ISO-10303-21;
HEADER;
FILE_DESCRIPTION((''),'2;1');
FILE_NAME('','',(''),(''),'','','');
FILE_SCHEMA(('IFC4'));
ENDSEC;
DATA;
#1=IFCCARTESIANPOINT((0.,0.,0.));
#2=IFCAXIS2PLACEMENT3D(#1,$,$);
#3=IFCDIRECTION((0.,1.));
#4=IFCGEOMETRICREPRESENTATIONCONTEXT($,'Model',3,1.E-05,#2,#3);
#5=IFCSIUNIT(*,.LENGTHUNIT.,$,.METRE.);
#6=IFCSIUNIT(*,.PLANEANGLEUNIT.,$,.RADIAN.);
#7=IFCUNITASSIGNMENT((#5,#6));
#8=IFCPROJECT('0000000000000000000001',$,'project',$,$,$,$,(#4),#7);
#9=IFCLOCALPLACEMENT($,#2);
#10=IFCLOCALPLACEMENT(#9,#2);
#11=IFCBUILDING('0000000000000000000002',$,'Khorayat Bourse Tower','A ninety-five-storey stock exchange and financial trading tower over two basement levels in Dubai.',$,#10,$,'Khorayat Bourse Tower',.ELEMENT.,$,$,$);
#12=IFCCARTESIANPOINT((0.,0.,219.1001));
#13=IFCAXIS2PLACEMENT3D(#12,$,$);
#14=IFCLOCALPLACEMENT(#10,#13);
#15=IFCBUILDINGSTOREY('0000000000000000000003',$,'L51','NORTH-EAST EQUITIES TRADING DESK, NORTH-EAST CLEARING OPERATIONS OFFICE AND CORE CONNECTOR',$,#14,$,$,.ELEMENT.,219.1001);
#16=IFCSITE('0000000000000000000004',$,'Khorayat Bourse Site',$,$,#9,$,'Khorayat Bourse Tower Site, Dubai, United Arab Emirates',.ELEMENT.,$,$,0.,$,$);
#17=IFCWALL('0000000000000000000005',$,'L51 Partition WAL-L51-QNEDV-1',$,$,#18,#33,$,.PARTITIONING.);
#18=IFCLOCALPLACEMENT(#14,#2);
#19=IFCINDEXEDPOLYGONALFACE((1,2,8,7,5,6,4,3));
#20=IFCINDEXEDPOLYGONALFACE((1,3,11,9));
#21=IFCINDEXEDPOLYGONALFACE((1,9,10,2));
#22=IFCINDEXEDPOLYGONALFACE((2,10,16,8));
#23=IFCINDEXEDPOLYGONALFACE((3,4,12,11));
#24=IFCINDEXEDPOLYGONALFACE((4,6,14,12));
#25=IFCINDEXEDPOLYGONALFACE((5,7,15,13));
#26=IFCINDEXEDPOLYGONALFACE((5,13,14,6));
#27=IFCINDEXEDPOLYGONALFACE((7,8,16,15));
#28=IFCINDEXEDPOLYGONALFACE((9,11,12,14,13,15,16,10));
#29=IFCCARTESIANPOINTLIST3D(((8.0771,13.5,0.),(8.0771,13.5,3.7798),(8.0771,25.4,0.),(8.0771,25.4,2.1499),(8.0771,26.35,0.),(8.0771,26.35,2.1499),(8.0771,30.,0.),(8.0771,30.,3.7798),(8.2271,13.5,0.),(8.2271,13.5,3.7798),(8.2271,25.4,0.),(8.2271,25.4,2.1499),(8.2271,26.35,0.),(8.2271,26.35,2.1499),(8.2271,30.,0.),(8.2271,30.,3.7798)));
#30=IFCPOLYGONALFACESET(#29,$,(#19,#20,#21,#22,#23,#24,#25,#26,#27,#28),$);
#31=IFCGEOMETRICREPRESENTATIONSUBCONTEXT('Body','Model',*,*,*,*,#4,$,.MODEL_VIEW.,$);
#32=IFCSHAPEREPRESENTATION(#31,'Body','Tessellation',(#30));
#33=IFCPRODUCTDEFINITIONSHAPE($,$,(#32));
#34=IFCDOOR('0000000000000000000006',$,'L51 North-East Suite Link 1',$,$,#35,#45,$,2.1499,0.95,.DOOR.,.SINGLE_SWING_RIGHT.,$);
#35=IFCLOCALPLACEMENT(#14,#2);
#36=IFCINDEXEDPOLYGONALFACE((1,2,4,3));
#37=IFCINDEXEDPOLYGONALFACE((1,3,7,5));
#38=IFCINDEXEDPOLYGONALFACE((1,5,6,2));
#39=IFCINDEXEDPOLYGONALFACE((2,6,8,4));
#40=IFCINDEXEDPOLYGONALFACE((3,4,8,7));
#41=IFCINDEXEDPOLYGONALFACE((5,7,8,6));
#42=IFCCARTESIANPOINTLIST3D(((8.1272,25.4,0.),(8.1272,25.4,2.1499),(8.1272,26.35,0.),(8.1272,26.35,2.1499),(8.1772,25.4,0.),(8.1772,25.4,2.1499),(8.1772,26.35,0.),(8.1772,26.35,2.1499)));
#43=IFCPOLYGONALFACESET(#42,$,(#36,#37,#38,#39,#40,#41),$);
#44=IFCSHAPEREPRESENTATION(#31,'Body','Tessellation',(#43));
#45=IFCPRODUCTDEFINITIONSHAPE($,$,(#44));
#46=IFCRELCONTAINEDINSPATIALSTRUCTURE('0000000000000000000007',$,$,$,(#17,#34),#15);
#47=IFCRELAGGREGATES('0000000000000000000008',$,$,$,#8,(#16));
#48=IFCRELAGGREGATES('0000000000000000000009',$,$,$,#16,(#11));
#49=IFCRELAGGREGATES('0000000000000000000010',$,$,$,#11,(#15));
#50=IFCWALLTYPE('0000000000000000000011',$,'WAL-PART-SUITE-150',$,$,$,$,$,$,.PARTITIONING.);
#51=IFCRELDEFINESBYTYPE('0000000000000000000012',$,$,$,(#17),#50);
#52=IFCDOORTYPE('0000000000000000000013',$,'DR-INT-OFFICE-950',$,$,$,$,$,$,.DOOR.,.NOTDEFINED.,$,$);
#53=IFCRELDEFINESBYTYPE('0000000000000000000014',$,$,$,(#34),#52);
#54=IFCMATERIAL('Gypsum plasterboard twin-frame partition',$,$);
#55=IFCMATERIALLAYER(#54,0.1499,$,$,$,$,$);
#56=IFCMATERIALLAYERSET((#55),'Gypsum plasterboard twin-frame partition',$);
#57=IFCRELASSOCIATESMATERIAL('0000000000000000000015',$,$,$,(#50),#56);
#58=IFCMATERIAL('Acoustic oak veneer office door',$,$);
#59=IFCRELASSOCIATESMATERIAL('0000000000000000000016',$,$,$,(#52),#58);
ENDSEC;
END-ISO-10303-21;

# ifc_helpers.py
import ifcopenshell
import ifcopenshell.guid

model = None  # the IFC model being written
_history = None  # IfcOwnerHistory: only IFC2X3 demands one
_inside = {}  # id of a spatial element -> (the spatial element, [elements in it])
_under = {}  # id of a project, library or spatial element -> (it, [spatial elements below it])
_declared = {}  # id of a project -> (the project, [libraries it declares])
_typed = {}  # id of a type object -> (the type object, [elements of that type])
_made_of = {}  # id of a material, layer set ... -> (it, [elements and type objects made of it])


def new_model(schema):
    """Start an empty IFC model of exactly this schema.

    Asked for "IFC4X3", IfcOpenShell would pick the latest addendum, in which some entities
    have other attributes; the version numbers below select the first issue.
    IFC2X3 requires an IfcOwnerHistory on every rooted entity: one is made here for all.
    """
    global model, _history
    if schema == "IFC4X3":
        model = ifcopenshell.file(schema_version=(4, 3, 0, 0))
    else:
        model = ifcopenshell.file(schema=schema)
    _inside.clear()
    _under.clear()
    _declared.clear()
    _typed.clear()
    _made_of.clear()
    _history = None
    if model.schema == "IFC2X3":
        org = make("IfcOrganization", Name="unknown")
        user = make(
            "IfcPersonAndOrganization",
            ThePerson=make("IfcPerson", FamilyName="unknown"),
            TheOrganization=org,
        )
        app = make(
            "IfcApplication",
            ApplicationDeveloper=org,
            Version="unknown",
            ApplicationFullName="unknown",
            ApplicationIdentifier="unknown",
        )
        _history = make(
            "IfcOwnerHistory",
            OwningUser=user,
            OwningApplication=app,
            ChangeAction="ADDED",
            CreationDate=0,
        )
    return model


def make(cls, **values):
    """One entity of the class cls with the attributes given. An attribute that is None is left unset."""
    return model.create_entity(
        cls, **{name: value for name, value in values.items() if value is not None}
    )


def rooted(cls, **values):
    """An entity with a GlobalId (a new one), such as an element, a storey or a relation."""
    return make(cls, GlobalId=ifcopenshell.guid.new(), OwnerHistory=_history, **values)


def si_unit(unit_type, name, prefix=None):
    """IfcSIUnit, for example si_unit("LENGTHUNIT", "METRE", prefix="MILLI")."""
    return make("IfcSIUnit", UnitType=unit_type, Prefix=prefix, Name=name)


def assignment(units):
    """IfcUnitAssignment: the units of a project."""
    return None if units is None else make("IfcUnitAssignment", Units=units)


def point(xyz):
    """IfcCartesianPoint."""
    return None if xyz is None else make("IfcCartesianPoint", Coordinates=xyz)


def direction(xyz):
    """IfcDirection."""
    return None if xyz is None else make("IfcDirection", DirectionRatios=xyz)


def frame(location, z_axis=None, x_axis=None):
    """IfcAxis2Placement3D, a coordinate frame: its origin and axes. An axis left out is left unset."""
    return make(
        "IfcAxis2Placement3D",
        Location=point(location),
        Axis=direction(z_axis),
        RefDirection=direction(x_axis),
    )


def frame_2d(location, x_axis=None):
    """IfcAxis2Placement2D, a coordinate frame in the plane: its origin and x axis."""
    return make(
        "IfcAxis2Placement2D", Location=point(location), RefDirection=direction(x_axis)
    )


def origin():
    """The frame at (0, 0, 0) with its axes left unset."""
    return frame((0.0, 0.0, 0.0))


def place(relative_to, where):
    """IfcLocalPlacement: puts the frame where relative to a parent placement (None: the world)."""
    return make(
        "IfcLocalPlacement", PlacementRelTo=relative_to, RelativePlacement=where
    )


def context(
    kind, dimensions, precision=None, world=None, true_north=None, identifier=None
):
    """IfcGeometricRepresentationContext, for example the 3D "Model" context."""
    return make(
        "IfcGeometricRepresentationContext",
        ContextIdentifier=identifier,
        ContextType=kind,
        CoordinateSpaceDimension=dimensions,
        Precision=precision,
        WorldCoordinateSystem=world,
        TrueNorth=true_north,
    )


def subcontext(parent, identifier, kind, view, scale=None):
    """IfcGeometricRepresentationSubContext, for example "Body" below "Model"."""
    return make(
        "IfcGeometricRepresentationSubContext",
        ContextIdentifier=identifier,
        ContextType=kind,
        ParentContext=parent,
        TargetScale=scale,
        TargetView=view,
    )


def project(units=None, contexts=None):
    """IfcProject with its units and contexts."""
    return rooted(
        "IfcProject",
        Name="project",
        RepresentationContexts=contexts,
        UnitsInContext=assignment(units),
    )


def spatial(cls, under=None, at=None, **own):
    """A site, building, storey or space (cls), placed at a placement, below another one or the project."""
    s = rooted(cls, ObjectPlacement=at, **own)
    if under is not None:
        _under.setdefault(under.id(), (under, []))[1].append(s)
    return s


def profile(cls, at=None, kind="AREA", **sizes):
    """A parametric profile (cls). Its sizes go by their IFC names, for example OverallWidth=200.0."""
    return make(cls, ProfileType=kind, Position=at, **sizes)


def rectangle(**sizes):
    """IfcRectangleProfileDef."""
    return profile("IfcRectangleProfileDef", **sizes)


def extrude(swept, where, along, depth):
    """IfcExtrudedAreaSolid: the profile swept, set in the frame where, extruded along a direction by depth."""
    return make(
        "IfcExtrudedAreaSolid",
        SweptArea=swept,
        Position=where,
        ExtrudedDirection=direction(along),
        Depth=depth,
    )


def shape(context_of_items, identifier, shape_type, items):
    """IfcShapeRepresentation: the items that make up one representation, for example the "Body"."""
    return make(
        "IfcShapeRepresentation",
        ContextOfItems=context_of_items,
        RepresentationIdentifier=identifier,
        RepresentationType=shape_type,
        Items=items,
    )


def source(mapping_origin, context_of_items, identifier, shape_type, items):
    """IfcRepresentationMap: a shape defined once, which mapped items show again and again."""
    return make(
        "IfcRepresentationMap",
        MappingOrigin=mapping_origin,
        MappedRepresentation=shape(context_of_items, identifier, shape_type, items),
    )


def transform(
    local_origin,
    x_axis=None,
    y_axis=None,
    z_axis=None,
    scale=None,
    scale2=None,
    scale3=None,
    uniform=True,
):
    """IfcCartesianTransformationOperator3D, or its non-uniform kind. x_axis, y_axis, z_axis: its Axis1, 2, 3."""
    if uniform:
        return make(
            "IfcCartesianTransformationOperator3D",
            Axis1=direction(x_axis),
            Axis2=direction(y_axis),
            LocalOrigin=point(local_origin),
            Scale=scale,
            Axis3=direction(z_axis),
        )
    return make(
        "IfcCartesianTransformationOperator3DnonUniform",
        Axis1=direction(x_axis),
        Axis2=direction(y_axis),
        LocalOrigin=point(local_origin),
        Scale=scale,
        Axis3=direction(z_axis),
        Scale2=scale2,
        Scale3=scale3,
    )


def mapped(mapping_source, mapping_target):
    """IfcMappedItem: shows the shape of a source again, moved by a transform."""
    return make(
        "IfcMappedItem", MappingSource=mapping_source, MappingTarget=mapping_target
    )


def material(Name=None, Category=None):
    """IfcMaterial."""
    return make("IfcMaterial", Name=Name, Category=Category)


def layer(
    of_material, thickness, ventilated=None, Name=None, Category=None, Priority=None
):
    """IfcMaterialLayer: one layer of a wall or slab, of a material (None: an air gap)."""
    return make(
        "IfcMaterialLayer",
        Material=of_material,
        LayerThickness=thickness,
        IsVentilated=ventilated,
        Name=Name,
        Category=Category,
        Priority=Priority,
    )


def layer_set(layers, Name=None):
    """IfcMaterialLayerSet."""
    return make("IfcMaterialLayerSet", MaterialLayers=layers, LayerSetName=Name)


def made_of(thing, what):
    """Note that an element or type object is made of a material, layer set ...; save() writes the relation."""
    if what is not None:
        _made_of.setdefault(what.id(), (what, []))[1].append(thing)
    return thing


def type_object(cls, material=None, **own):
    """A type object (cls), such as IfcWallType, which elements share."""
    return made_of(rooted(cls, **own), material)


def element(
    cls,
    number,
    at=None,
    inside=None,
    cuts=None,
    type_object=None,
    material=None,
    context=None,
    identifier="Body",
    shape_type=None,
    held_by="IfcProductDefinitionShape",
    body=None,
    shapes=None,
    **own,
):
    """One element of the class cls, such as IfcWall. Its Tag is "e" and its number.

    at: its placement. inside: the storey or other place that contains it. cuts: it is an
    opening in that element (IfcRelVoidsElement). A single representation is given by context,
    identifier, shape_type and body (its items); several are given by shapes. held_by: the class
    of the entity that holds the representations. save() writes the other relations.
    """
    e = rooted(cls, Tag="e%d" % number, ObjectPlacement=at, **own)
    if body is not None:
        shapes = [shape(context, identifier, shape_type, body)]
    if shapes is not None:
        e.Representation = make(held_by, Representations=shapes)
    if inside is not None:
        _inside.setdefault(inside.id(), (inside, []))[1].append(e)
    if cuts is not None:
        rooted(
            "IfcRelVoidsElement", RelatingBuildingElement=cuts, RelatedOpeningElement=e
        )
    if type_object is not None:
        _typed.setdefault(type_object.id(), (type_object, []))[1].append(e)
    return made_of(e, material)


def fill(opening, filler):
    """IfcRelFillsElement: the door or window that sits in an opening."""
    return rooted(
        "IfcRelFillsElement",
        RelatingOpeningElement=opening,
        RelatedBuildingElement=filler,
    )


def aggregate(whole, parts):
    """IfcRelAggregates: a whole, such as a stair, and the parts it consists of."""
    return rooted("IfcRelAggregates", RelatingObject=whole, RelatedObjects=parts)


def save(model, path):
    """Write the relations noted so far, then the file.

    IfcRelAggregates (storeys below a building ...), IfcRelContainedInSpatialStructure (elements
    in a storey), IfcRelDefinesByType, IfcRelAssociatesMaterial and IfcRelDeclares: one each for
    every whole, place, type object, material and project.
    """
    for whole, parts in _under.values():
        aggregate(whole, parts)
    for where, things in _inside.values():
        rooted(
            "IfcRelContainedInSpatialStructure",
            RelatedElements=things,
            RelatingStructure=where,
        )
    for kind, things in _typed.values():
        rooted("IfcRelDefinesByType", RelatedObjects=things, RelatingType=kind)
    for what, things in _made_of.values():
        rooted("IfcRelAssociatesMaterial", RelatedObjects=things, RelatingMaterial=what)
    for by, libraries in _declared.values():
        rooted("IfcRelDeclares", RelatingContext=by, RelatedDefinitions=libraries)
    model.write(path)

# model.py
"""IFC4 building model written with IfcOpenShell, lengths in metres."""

from ifc_helpers import new_model, si_unit, direction, frame, frame_2d, origin, place, context, subcontext, project, spatial, rectangle, extrude, source, transform, mapped, material, layer, layer_set, type_object, element, fill, save


model = new_model("IFC4")

# Units and contexts
model_context = context("Model", 3, precision=1e-05, world=origin(), true_north=direction((0.0, 1.0)))
body_context = subcontext(model_context, "Body", "Model", "MODEL_VIEW")
ifc_project = project(units=[si_unit("LENGTHUNIT", "METRE"), si_unit("PLANEANGLEUNIT", "RADIAN")], contexts=[model_context])

# Site, building, storey
site_placement = place(None, origin())
site = spatial("IfcSite", under=ifc_project, at=site_placement, Name="Khorayat Bourse Site", LongName="Khorayat Bourse Tower Site, Dubai, United Arab Emirates", CompositionType="ELEMENT", RefElevation=0.0)
building_placement = place(site_placement, origin())
building = spatial("IfcBuilding", under=site, at=building_placement, Name="Khorayat Bourse Tower", Description="A ninety-five-storey stock exchange and financial trading tower over two basement levels in Dubai.", LongName="Khorayat Bourse Tower", CompositionType="ELEMENT")
storey_placement = place(building_placement, frame((0.0, 0.0, 219.1001)))
storey = spatial("IfcBuildingStorey", under=building, at=storey_placement, Name="L51", Description="NORTH-EAST EQUITIES TRADING DESK, NORTH-EAST CLEARING OPERATIONS OFFICE AND CORE CONNECTOR", CompositionType="ELEMENT", Elevation=219.1001)

# Wall, opening, door
ifc_material_1 = material(Name="Gypsum plasterboard twin-frame partition")
ifc_layer_1 = layer(ifc_material_1, 0.1499)
ifc_layer_set_1 = layer_set([ifc_layer_1], Name="Gypsum plasterboard twin-frame partition")
wall_type_1 = type_object("IfcWallType", Name="WAL-PART-SUITE-150", PredefinedType="PARTITIONING", material=ifc_layer_set_1)
shared_shape_1 = source(origin(), body_context, "Body", "SweptSolid", [
    extrude(rectangle(XDim=16.5, YDim=0.1499, at=frame_2d((8.25, 0.0))), origin(), (0.0, 0.0, 1.0), 3.7798),
])
wall_1_placement = place(storey_placement, frame((8.1521, 13.5, 0.0), z_axis=(0.0, 0.0, 1.0), x_axis=(0.0, 1.0, 0.0)))
wall_1 = element("IfcWall", 1, at=wall_1_placement, inside=storey, type_object=wall_type_1, Name="L51 Partition WAL-L51-QNEDV-1", PredefinedType="PARTITIONING", context=body_context, shape_type="MappedRepresentation", body=[
    mapped(shared_shape_1, transform((0.0, 0.0, 0.0), scale=1.0)),
])
shared_shape_2 = source(origin(), body_context, "Body", "SweptSolid", [
    extrude(rectangle(XDim=0.95, YDim=2.1499, at=frame_2d((0.4751, 1.075))), frame((0.0, 0.085, 0.0), z_axis=(0.0, -1.0, 0.0), x_axis=(1.0, 0.0, 0.0)), (0.0, 0.0, 1.0), 0.1699),
])
opening_1_placement = place(wall_1_placement, frame((11.8999, 0.0, 0.0)))
opening_1 = element("IfcOpeningElement", 2, at=opening_1_placement, cuts=wall_1, PredefinedType="OPENING", context=body_context, shape_type="MappedRepresentation", body=[
    mapped(shared_shape_2, transform((0.0, 0.0, 0.0), scale=1.0)),
])
ifc_material_2 = material(Name="Acoustic oak veneer office door")
door_type_1 = type_object("IfcDoorType", Name="DR-INT-OFFICE-950", OperationType="NOTDEFINED", PredefinedType="DOOR", material=ifc_material_2)
shared_shape_3 = source(origin(), body_context, "Body", "SweptSolid", [
    extrude(rectangle(XDim=0.95, YDim=2.1499, at=frame_2d((0.4751, 1.075))), frame((0.0, 0.0249, 0.0), z_axis=(0.0, -1.0, 0.0), x_axis=(1.0, 0.0, 0.0)), (0.0, 0.0, 1.0), 0.05),
])
door_1_placement = place(opening_1_placement, origin())
door_1 = element("IfcDoor", 3, at=door_1_placement, inside=storey, type_object=door_type_1, Name="L51 North-East Suite Link 1", OperationType="SINGLE_SWING_RIGHT", OverallHeight=2.1499, OverallWidth=0.95, PredefinedType="DOOR", context=body_context, shape_type="MappedRepresentation", body=[
    mapped(shared_shape_3, transform((0.0, 0.0, 0.0), scale=1.0)),
])
fill(opening_1, door_1)

save(model, "model.ifc")
